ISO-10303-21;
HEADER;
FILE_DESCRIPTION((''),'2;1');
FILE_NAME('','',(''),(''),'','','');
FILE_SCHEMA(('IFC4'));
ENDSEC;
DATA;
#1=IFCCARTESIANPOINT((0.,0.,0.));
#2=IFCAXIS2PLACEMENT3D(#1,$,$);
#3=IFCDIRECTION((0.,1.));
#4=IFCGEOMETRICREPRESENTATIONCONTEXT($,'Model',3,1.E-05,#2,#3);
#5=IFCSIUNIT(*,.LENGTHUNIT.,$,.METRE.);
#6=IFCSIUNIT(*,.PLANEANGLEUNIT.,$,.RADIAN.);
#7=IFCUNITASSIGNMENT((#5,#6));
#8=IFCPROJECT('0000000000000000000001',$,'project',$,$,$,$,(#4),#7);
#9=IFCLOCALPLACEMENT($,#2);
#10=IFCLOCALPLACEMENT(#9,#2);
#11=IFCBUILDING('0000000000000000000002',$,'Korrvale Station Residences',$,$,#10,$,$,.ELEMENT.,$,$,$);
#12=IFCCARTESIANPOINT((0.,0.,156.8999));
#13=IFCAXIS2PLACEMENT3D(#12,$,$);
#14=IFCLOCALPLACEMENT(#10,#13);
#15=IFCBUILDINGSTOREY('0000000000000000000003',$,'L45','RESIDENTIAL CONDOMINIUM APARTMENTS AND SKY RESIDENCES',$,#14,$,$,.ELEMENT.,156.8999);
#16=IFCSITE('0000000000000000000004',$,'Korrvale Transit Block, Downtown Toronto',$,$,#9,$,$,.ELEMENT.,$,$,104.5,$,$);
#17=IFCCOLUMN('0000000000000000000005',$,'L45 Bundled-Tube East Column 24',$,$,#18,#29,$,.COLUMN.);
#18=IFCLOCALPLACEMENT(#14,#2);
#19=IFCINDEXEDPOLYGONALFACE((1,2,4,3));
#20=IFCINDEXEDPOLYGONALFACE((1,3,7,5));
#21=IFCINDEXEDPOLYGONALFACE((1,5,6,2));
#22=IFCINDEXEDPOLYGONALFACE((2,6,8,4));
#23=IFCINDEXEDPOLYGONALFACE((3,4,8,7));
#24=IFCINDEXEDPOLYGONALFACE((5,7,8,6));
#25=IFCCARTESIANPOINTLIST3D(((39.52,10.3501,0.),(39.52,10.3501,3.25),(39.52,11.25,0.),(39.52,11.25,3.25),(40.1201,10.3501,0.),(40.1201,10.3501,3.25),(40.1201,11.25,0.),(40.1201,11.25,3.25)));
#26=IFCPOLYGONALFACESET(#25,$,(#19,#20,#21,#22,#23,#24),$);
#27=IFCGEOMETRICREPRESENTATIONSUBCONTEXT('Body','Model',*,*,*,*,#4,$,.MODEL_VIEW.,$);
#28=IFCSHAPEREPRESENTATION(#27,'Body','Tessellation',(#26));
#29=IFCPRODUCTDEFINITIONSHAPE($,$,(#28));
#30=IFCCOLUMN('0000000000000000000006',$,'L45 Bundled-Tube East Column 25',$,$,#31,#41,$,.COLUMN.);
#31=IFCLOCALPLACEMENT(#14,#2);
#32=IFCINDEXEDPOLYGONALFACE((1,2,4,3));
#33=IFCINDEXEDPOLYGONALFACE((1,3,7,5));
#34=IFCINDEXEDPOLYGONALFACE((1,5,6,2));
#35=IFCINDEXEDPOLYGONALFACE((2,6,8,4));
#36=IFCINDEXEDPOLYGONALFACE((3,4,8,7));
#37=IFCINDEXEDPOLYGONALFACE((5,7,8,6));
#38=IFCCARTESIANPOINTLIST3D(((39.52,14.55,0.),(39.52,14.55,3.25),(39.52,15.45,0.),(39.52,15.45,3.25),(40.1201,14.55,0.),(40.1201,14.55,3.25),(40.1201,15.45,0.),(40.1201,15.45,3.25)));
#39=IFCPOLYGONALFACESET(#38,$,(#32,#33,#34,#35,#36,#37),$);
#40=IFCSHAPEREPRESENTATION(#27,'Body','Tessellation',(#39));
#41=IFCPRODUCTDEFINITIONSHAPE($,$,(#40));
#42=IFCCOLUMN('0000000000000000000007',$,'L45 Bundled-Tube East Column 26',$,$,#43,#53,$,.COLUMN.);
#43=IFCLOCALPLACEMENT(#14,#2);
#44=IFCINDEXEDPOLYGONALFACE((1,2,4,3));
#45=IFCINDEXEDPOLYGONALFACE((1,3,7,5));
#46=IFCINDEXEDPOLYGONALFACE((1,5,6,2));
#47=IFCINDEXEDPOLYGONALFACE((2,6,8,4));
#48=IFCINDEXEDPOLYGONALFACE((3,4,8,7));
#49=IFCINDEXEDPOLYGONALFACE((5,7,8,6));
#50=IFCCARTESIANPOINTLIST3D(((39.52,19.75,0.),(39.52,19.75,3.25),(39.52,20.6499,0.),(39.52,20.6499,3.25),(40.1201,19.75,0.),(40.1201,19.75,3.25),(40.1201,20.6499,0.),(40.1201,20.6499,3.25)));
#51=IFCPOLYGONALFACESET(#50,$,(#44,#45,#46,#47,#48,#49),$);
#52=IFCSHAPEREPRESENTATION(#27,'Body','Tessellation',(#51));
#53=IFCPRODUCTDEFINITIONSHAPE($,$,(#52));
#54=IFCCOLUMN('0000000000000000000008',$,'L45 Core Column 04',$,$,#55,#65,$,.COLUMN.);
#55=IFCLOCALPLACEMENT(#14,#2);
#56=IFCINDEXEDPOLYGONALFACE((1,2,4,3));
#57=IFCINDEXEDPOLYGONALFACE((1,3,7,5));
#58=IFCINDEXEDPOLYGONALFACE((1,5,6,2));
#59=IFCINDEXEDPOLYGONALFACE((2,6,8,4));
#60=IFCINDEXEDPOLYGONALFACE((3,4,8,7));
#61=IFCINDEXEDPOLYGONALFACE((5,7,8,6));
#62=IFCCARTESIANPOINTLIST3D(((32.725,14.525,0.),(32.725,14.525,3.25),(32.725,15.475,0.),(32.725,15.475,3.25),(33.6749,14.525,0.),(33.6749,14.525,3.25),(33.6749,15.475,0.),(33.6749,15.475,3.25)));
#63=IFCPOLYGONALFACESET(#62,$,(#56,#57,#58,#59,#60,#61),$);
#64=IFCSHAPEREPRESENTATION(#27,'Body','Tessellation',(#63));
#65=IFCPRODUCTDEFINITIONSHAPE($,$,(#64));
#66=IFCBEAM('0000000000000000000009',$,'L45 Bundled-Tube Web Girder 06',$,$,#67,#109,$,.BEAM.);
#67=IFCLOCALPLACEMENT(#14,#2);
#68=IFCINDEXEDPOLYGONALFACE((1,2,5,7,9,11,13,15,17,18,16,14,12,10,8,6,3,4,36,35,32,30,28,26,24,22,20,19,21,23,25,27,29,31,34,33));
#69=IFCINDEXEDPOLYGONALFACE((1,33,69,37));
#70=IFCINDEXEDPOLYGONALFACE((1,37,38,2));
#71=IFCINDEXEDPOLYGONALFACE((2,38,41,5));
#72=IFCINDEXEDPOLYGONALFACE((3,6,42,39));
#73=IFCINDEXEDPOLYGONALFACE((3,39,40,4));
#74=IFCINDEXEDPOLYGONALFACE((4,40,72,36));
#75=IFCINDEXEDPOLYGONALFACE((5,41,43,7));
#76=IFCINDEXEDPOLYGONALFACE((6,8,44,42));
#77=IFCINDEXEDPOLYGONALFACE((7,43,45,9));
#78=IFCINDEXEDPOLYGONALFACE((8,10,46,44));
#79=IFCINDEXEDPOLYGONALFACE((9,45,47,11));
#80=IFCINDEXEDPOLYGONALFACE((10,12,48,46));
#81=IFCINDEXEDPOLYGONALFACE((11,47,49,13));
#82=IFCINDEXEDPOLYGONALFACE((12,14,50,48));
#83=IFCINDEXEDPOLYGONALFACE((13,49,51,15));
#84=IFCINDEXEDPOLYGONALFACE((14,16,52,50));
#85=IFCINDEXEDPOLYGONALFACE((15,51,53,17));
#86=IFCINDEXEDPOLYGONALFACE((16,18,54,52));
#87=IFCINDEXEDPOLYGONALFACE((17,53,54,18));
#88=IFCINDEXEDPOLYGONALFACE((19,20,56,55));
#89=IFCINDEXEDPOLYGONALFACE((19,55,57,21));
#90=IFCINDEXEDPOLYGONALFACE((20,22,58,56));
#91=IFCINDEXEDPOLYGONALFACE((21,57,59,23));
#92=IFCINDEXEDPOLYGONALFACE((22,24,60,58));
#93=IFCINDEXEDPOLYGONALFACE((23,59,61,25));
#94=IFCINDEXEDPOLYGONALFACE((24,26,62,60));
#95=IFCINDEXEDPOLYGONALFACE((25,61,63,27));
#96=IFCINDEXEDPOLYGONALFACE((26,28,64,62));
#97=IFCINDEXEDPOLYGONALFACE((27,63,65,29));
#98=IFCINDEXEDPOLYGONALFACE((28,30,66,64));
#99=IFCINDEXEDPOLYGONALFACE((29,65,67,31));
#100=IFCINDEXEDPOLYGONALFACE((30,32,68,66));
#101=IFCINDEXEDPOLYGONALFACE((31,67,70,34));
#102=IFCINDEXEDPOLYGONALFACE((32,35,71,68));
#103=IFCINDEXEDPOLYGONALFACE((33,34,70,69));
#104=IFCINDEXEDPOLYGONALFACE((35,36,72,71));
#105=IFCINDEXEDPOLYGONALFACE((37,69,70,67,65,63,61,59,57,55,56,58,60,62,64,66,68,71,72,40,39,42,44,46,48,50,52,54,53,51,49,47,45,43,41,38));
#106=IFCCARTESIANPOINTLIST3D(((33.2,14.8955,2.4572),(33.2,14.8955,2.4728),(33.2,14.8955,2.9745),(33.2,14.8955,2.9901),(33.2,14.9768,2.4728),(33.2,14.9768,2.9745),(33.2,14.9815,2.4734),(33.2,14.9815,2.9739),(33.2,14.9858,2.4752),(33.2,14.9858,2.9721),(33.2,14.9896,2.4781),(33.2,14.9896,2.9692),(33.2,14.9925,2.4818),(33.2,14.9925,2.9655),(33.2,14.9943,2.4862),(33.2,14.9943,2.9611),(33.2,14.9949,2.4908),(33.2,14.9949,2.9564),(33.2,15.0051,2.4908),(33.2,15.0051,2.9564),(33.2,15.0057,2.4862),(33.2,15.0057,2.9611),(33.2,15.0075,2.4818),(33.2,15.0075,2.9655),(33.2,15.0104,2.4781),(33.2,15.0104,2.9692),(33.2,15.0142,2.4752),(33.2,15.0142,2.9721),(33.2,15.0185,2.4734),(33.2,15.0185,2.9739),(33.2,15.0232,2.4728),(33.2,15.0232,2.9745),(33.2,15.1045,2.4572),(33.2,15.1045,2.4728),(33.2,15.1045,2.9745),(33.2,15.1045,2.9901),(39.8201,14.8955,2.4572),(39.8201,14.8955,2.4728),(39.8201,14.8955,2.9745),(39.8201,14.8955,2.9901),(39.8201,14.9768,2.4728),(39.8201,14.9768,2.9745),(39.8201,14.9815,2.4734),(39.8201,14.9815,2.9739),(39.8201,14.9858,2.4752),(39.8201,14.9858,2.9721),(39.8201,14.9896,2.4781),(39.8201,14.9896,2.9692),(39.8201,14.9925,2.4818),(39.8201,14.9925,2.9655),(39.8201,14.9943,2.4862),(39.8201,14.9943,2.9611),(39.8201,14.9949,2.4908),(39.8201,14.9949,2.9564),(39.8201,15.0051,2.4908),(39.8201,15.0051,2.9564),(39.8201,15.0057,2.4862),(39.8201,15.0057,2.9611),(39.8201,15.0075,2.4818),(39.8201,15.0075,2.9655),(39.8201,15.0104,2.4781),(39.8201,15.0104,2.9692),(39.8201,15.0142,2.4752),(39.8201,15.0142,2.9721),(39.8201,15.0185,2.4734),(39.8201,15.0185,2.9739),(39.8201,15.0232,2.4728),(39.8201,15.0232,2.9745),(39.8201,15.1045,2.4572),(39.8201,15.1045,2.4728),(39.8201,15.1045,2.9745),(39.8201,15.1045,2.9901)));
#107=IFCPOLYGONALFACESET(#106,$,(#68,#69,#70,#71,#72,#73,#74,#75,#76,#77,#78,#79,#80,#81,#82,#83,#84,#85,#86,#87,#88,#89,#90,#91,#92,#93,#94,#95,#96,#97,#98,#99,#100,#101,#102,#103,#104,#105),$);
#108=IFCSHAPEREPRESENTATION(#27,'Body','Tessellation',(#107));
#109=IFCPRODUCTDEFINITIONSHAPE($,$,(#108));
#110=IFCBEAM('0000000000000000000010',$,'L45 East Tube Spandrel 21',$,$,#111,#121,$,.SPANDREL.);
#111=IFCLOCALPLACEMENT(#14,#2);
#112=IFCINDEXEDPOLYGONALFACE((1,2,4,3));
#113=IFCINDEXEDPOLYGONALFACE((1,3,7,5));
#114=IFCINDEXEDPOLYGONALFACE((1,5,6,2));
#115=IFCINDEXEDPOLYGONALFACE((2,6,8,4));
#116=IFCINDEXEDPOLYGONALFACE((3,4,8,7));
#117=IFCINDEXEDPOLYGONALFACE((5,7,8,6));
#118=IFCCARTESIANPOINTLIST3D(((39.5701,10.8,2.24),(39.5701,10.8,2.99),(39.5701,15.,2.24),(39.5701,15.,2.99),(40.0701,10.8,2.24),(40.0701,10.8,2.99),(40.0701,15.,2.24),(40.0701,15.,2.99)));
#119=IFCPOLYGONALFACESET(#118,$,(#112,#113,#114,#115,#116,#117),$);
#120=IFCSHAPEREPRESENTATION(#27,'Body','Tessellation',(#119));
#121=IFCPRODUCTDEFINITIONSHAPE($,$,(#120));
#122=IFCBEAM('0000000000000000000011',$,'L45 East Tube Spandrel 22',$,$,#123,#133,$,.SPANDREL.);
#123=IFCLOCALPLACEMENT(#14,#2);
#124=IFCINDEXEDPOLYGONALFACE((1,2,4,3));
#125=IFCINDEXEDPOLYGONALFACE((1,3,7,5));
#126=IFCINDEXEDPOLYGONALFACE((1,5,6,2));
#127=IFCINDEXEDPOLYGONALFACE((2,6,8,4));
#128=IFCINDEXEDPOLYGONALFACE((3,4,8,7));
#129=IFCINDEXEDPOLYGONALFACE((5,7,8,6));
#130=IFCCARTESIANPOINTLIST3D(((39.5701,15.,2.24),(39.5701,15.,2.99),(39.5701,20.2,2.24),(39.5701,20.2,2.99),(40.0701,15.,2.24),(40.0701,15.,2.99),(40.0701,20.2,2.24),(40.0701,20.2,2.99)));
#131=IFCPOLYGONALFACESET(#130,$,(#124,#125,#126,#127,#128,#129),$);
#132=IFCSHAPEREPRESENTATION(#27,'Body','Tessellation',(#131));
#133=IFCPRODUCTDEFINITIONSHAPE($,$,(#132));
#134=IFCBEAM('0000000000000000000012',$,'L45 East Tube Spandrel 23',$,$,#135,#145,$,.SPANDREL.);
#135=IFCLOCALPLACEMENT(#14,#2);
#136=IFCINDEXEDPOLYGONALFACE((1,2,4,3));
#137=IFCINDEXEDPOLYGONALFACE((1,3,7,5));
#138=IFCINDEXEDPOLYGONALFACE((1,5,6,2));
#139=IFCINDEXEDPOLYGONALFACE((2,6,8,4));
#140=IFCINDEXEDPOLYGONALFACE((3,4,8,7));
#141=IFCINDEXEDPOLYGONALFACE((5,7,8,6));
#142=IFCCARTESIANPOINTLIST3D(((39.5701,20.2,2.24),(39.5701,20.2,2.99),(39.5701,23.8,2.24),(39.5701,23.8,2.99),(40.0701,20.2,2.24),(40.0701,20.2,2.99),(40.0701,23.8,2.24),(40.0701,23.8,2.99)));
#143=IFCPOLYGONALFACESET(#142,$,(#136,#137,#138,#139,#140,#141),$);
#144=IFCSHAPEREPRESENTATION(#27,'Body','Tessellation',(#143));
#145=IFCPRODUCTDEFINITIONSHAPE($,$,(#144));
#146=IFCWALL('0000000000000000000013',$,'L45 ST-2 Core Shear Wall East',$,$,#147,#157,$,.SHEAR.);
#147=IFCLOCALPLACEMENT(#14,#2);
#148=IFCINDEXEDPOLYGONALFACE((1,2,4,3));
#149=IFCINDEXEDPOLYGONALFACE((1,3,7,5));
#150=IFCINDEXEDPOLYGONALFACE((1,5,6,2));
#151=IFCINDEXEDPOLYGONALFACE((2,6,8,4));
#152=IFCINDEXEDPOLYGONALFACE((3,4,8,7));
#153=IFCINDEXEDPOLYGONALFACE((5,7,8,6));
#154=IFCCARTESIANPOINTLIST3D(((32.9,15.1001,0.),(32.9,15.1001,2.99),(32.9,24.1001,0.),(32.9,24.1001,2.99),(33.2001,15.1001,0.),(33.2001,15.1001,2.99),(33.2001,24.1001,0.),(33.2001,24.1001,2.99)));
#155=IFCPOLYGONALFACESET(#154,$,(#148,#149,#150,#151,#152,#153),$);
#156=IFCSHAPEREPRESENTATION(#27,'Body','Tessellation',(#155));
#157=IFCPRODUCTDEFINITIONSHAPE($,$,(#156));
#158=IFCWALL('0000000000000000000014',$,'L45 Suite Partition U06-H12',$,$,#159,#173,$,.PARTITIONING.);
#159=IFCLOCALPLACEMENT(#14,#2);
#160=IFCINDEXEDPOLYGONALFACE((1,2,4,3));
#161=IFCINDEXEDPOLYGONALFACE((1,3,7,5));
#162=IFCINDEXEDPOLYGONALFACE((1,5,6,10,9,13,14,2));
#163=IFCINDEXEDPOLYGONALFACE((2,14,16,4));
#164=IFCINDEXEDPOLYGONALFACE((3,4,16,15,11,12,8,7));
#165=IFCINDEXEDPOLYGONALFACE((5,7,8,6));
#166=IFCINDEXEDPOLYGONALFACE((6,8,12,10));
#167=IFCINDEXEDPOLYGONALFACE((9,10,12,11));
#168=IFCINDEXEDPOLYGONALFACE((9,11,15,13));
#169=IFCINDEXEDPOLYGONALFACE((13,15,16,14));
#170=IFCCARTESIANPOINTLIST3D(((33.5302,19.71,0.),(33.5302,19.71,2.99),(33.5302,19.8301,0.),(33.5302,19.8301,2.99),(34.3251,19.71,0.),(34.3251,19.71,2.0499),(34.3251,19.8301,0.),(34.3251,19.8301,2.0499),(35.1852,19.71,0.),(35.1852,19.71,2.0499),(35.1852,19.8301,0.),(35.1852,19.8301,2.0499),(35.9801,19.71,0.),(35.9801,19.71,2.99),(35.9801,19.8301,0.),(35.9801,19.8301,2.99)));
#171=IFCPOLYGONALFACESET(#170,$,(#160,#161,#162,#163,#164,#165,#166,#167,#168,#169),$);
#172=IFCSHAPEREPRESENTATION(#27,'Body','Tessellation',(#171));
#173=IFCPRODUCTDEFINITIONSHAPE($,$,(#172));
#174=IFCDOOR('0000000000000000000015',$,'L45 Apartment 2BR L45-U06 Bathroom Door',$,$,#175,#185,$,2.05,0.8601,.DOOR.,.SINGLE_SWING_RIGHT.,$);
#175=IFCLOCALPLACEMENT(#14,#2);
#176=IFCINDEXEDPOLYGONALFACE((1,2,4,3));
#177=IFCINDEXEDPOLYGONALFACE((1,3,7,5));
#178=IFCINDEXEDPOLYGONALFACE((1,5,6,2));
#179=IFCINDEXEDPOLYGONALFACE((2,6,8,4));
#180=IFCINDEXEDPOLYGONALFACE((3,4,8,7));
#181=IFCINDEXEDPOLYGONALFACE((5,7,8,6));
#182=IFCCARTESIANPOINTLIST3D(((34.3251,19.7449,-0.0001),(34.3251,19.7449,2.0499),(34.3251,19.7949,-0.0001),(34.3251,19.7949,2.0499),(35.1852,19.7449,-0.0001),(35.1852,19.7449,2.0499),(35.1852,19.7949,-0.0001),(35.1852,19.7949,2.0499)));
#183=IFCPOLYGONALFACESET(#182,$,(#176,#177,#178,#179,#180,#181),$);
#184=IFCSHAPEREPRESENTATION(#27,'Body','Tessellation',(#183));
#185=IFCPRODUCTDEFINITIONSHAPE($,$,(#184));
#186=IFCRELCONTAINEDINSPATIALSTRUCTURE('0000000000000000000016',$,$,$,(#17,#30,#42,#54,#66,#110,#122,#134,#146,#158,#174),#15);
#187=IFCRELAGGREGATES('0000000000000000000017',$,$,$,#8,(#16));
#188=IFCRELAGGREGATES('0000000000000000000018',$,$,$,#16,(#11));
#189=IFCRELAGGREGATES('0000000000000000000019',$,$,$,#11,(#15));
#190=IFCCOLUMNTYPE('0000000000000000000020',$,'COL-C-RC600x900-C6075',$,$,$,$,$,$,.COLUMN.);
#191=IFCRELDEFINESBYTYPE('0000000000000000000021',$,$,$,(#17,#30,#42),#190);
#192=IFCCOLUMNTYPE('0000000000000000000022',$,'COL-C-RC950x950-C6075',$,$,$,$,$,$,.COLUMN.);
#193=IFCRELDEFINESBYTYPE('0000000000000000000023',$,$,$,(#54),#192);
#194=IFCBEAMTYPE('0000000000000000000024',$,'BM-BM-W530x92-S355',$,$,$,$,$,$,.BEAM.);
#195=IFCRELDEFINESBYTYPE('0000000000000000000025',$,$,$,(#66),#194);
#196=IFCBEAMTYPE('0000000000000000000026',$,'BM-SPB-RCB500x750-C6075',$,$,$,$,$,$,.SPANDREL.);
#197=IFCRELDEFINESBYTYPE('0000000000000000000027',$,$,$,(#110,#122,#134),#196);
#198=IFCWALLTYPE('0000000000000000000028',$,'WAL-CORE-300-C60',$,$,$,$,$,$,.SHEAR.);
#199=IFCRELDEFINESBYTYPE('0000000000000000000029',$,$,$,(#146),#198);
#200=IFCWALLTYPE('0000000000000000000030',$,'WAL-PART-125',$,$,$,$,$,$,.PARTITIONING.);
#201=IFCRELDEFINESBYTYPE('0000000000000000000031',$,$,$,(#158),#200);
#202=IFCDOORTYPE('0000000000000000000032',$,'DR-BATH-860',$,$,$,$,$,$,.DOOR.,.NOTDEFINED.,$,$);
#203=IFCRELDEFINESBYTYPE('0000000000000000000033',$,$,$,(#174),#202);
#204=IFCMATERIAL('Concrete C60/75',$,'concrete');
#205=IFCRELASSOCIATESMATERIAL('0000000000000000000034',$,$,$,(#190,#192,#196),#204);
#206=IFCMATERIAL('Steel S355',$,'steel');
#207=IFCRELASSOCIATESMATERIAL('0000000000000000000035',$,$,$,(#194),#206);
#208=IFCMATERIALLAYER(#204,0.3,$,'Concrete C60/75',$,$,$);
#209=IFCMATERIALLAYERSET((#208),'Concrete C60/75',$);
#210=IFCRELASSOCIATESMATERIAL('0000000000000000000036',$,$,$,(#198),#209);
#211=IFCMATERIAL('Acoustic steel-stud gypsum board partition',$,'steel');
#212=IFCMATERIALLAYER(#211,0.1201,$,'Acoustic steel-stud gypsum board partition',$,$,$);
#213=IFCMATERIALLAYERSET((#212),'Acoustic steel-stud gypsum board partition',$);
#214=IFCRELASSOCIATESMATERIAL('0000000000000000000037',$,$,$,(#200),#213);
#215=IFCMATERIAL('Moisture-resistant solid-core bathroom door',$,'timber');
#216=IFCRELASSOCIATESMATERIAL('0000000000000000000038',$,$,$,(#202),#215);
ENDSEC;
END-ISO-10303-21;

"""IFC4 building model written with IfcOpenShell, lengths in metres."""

from ifc_helpers import new_model, si_unit, direction, frame, frame_2d, origin, origin_2d, place, context, subcontext, project, spatial, rectangle, i_section, extrude, material, layer, layer_set, material_profile, profile_set, type_object, element, fill, save


model = new_model("IFC4")

# Units and contexts
model_context = context("Model", 3, precision=1e-05, world=origin(), true_north=direction((0.0, 1.0)))
body_context = subcontext(model_context, "Body", "Model", "MODEL_VIEW")
ifc_project = project(units=[si_unit("LENGTHUNIT", "METRE"), si_unit("PLANEANGLEUNIT", "RADIAN")], contexts=[model_context])

# Site, building, storey
site_placement = place(None, origin())
site = spatial("IfcSite", under=ifc_project, at=site_placement, Name="Korrvale Transit Block, Downtown Toronto", CompositionType="ELEMENT", RefElevation=104.5)
building_placement = place(site_placement, origin())
building = spatial("IfcBuilding", under=site, at=building_placement, Name="Korrvale Station Residences", CompositionType="ELEMENT")
storey_placement = place(building_placement, frame((0.0, 0.0, 156.8999)))
storey = spatial("IfcBuildingStorey", under=building, at=storey_placement, Name="L45", Description="RESIDENTIAL CONDOMINIUM APARTMENTS AND SKY RESIDENCES", CompositionType="ELEMENT", Elevation=156.8999)

# Columns
ifc_material_1 = material(Name="Concrete C60/75", Category="concrete")
ifc_material_profile_1 = material_profile(ifc_material_1, rectangle(XDim=0.6001, YDim=0.8999, at=origin_2d()), Name="RC600x900")
ifc_profile_set_1 = profile_set([ifc_material_profile_1], Name="Concrete C60/75")
column_type_1 = type_object("IfcColumnType", Name="COL-C-RC600x900-C6075", PredefinedType="COLUMN", material=ifc_profile_set_1)
for number, where, z_axis, x_axis, name in (
    (1, (39.8201, 10.8, 0.0), (0.0, 0.0, 1.0), (1.0, 0.0, 0.0), "L45 Bundled-Tube East Column 24"),
    (2, (39.8201, 15.0, 0.0), (0.0, 0.0, 1.0), (1.0, 0.0, 0.0), "L45 Bundled-Tube East Column 25"),
    (3, (39.8201, 20.2, 0.0), (0.0, 0.0, 1.0), (1.0, 0.0, 0.0), "L45 Bundled-Tube East Column 26"),
):
    element("IfcColumn", number, at=place(storey_placement, frame(where, z_axis=z_axis, x_axis=x_axis)), inside=storey, type_object=column_type_1, Name=name, PredefinedType="COLUMN", context=body_context, shape_type="SweptSolid", body=[
        extrude(rectangle(XDim=0.6001, YDim=0.8999, at=origin_2d()), origin(), (0.0, 0.0, 1.0), 3.25),
    ])
ifc_material_profile_2 = material_profile(ifc_material_1, rectangle(XDim=0.95, YDim=0.95, at=origin_2d()), Name="RC950x950")
ifc_profile_set_2 = profile_set([ifc_material_profile_2], Name="Concrete C60/75")
column_type_2 = type_object("IfcColumnType", Name="COL-C-RC950x950-C6075", PredefinedType="COLUMN", material=ifc_profile_set_2)
column_placement = place(storey_placement, frame((33.2, 15.0, 0.0), z_axis=(0.0, 0.0, 1.0), x_axis=(1.0, 0.0, 0.0)))
element("IfcColumn", 4, at=column_placement, inside=storey, type_object=column_type_2, Name="L45 Core Column 04", PredefinedType="COLUMN", context=body_context, shape_type="SweptSolid", body=[
    extrude(rectangle(XDim=0.95, YDim=0.95, at=origin_2d()), origin(), (0.0, 0.0, 1.0), 3.25),
])

# Beams
ifc_material_2 = material(Name="Steel S355", Category="steel")
ifc_material_profile_3 = material_profile(ifc_material_2, i_section(OverallWidth=0.209, OverallDepth=0.533, WebThickness=0.0103, FlangeThickness=0.0156, FilletRadius=0.0181, at=origin_2d()), Name="W530x92")
ifc_profile_set_3 = profile_set([ifc_material_profile_3], Name="Steel S355")
beam_type_1 = type_object("IfcBeamType", Name="BM-BM-W530x92-S355", PredefinedType="BEAM", material=ifc_profile_set_3)
beam_1_placement = place(storey_placement, frame((33.2, 15.0, 2.7236), z_axis=(1.0, 0.0, 0.0), x_axis=(0.0, 1.0, 0.0)))
element("IfcBeam", 5, at=beam_1_placement, inside=storey, type_object=beam_type_1, Name="L45 Bundled-Tube Web Girder 06", PredefinedType="BEAM", context=body_context, shape_type="SweptSolid", body=[
    extrude(i_section(OverallWidth=0.209, OverallDepth=0.533, WebThickness=0.0103, FlangeThickness=0.0156, FilletRadius=0.0181, at=origin_2d()), origin(), (0.0, 0.0, 1.0), 6.6201),
])
ifc_material_profile_4 = material_profile(ifc_material_1, rectangle(XDim=0.5, YDim=0.75, at=origin_2d()), Name="RCB500x750")
ifc_profile_set_4 = profile_set([ifc_material_profile_4], Name="Concrete C60/75")
beam_type_2 = type_object("IfcBeamType", Name="BM-SPB-RCB500x750-C6075", PredefinedType="SPANDREL", material=ifc_profile_set_4)
beam_2_placement = place(storey_placement, frame((39.8201, 10.8, 2.615), z_axis=(0.0, 1.0, 0.0), x_axis=(-1.0, 0.0, 0.0)))
element("IfcBeam", 6, at=beam_2_placement, inside=storey, type_object=beam_type_2, Name="L45 East Tube Spandrel 21", PredefinedType="SPANDREL", context=body_context, shape_type="SweptSolid", body=[
    extrude(rectangle(XDim=0.5, YDim=0.75, at=origin_2d()), origin(), (0.0, 0.0, 1.0), 4.2),
])
beam_3_placement = place(storey_placement, frame((39.8201, 15.0, 2.615), z_axis=(0.0, 1.0, 0.0), x_axis=(-1.0, 0.0, 0.0)))
element("IfcBeam", 7, at=beam_3_placement, inside=storey, type_object=beam_type_2, Name="L45 East Tube Spandrel 22", PredefinedType="SPANDREL", context=body_context, shape_type="SweptSolid", body=[
    extrude(rectangle(XDim=0.5, YDim=0.75, at=origin_2d()), origin(), (0.0, 0.0, 1.0), 5.2),
])
beam_4_placement = place(storey_placement, frame((39.8201, 20.2, 2.615), z_axis=(0.0, 1.0, 0.0), x_axis=(-1.0, 0.0, 0.0)))
element("IfcBeam", 8, at=beam_4_placement, inside=storey, type_object=beam_type_2, Name="L45 East Tube Spandrel 23", PredefinedType="SPANDREL", context=body_context, shape_type="SweptSolid", body=[
    extrude(rectangle(XDim=0.5, YDim=0.75, at=origin_2d()), origin(), (0.0, 0.0, 1.0), 3.6001),
])

# Wall
ifc_layer_1 = layer(ifc_material_1, 0.3, Name="Concrete C60/75")
ifc_layer_set_1 = layer_set([ifc_layer_1], Name="Concrete C60/75")
wall_type_1 = type_object("IfcWallType", Name="WAL-CORE-300-C60", PredefinedType="SHEAR", material=ifc_layer_set_1)
wall_1_placement = place(storey_placement, frame((33.05, 15.1001, 0.0), z_axis=(0.0, 0.0, 1.0), x_axis=(0.0, 1.0, 0.0)))
element("IfcWall", 9, at=wall_1_placement, inside=storey, type_object=wall_type_1, Name="L45 ST-2 Core Shear Wall East", PredefinedType="SHEAR", context=body_context, shape_type="SweptSolid", body=[
    extrude(rectangle(XDim=9.0, YDim=0.3, at=frame_2d((4.5, 0.0))), origin(), (0.0, 0.0, 1.0), 2.99),
])

# Wall, opening, door
ifc_material_3 = material(Name="Acoustic steel-stud gypsum board partition", Category="steel")
ifc_layer_2 = layer(ifc_material_3, 0.1201, Name="Acoustic steel-stud gypsum board partition")
ifc_layer_set_2 = layer_set([ifc_layer_2], Name="Acoustic steel-stud gypsum board partition")
wall_type_2 = type_object("IfcWallType", Name="WAL-PART-125", PredefinedType="PARTITIONING", material=ifc_layer_set_2)
wall_2_placement = place(storey_placement, frame((33.53, 19.77, 0.0), z_axis=(0.0, 0.0, 1.0), x_axis=(1.0, 0.0, 0.0)))
wall_2 = element("IfcWall", 10, at=wall_2_placement, inside=storey, type_object=wall_type_2, Name="L45 Suite Partition U06-H12", PredefinedType="PARTITIONING", context=body_context, shape_type="SweptSolid", body=[
    extrude(rectangle(XDim=2.45, YDim=0.1201, at=frame_2d((1.2251, 0.0))), origin(), (0.0, 0.0, 1.0), 2.99),
])
opening_1_placement = place(wall_2_placement, frame((0.7949, 0.0, 0.0)))
opening_1 = element("IfcOpeningElement", 11, at=opening_1_placement, cuts=wall_2, PredefinedType="OPENING", context=body_context, shape_type="SweptSolid", body=[
    extrude(rectangle(XDim=0.8601, YDim=2.05, at=frame_2d((0.4302, 1.0249))), frame((0.0, 0.0701, 0.0), z_axis=(0.0, -1.0, 0.0), x_axis=(1.0, 0.0, 0.0)), (0.0, 0.0, 1.0), 0.1401),
])
ifc_material_4 = material(Name="Moisture-resistant solid-core bathroom door", Category="timber")
door_type_1 = type_object("IfcDoorType", Name="DR-BATH-860", OperationType="NOTDEFINED", PredefinedType="DOOR", material=ifc_material_4)
door_1_placement = place(opening_1_placement, origin())
door_1 = element("IfcDoor", 12, at=door_1_placement, inside=storey, type_object=door_type_1, Name="L45 Apartment 2BR L45-U06 Bathroom Door", OperationType="SINGLE_SWING_RIGHT", OverallHeight=2.05, OverallWidth=0.8601, PredefinedType="DOOR", context=body_context, shape_type="SweptSolid", body=[
    extrude(rectangle(XDim=0.8601, YDim=2.05, at=frame_2d((0.4302, 1.0249))), frame((0.0, 0.0249, 0.0), z_axis=(0.0, -1.0, 0.0), x_axis=(1.0, 0.0, 0.0)), (0.0, 0.0, 1.0), 0.05),
])
fill(opening_1, door_1)

save(model, "model.ifc")
